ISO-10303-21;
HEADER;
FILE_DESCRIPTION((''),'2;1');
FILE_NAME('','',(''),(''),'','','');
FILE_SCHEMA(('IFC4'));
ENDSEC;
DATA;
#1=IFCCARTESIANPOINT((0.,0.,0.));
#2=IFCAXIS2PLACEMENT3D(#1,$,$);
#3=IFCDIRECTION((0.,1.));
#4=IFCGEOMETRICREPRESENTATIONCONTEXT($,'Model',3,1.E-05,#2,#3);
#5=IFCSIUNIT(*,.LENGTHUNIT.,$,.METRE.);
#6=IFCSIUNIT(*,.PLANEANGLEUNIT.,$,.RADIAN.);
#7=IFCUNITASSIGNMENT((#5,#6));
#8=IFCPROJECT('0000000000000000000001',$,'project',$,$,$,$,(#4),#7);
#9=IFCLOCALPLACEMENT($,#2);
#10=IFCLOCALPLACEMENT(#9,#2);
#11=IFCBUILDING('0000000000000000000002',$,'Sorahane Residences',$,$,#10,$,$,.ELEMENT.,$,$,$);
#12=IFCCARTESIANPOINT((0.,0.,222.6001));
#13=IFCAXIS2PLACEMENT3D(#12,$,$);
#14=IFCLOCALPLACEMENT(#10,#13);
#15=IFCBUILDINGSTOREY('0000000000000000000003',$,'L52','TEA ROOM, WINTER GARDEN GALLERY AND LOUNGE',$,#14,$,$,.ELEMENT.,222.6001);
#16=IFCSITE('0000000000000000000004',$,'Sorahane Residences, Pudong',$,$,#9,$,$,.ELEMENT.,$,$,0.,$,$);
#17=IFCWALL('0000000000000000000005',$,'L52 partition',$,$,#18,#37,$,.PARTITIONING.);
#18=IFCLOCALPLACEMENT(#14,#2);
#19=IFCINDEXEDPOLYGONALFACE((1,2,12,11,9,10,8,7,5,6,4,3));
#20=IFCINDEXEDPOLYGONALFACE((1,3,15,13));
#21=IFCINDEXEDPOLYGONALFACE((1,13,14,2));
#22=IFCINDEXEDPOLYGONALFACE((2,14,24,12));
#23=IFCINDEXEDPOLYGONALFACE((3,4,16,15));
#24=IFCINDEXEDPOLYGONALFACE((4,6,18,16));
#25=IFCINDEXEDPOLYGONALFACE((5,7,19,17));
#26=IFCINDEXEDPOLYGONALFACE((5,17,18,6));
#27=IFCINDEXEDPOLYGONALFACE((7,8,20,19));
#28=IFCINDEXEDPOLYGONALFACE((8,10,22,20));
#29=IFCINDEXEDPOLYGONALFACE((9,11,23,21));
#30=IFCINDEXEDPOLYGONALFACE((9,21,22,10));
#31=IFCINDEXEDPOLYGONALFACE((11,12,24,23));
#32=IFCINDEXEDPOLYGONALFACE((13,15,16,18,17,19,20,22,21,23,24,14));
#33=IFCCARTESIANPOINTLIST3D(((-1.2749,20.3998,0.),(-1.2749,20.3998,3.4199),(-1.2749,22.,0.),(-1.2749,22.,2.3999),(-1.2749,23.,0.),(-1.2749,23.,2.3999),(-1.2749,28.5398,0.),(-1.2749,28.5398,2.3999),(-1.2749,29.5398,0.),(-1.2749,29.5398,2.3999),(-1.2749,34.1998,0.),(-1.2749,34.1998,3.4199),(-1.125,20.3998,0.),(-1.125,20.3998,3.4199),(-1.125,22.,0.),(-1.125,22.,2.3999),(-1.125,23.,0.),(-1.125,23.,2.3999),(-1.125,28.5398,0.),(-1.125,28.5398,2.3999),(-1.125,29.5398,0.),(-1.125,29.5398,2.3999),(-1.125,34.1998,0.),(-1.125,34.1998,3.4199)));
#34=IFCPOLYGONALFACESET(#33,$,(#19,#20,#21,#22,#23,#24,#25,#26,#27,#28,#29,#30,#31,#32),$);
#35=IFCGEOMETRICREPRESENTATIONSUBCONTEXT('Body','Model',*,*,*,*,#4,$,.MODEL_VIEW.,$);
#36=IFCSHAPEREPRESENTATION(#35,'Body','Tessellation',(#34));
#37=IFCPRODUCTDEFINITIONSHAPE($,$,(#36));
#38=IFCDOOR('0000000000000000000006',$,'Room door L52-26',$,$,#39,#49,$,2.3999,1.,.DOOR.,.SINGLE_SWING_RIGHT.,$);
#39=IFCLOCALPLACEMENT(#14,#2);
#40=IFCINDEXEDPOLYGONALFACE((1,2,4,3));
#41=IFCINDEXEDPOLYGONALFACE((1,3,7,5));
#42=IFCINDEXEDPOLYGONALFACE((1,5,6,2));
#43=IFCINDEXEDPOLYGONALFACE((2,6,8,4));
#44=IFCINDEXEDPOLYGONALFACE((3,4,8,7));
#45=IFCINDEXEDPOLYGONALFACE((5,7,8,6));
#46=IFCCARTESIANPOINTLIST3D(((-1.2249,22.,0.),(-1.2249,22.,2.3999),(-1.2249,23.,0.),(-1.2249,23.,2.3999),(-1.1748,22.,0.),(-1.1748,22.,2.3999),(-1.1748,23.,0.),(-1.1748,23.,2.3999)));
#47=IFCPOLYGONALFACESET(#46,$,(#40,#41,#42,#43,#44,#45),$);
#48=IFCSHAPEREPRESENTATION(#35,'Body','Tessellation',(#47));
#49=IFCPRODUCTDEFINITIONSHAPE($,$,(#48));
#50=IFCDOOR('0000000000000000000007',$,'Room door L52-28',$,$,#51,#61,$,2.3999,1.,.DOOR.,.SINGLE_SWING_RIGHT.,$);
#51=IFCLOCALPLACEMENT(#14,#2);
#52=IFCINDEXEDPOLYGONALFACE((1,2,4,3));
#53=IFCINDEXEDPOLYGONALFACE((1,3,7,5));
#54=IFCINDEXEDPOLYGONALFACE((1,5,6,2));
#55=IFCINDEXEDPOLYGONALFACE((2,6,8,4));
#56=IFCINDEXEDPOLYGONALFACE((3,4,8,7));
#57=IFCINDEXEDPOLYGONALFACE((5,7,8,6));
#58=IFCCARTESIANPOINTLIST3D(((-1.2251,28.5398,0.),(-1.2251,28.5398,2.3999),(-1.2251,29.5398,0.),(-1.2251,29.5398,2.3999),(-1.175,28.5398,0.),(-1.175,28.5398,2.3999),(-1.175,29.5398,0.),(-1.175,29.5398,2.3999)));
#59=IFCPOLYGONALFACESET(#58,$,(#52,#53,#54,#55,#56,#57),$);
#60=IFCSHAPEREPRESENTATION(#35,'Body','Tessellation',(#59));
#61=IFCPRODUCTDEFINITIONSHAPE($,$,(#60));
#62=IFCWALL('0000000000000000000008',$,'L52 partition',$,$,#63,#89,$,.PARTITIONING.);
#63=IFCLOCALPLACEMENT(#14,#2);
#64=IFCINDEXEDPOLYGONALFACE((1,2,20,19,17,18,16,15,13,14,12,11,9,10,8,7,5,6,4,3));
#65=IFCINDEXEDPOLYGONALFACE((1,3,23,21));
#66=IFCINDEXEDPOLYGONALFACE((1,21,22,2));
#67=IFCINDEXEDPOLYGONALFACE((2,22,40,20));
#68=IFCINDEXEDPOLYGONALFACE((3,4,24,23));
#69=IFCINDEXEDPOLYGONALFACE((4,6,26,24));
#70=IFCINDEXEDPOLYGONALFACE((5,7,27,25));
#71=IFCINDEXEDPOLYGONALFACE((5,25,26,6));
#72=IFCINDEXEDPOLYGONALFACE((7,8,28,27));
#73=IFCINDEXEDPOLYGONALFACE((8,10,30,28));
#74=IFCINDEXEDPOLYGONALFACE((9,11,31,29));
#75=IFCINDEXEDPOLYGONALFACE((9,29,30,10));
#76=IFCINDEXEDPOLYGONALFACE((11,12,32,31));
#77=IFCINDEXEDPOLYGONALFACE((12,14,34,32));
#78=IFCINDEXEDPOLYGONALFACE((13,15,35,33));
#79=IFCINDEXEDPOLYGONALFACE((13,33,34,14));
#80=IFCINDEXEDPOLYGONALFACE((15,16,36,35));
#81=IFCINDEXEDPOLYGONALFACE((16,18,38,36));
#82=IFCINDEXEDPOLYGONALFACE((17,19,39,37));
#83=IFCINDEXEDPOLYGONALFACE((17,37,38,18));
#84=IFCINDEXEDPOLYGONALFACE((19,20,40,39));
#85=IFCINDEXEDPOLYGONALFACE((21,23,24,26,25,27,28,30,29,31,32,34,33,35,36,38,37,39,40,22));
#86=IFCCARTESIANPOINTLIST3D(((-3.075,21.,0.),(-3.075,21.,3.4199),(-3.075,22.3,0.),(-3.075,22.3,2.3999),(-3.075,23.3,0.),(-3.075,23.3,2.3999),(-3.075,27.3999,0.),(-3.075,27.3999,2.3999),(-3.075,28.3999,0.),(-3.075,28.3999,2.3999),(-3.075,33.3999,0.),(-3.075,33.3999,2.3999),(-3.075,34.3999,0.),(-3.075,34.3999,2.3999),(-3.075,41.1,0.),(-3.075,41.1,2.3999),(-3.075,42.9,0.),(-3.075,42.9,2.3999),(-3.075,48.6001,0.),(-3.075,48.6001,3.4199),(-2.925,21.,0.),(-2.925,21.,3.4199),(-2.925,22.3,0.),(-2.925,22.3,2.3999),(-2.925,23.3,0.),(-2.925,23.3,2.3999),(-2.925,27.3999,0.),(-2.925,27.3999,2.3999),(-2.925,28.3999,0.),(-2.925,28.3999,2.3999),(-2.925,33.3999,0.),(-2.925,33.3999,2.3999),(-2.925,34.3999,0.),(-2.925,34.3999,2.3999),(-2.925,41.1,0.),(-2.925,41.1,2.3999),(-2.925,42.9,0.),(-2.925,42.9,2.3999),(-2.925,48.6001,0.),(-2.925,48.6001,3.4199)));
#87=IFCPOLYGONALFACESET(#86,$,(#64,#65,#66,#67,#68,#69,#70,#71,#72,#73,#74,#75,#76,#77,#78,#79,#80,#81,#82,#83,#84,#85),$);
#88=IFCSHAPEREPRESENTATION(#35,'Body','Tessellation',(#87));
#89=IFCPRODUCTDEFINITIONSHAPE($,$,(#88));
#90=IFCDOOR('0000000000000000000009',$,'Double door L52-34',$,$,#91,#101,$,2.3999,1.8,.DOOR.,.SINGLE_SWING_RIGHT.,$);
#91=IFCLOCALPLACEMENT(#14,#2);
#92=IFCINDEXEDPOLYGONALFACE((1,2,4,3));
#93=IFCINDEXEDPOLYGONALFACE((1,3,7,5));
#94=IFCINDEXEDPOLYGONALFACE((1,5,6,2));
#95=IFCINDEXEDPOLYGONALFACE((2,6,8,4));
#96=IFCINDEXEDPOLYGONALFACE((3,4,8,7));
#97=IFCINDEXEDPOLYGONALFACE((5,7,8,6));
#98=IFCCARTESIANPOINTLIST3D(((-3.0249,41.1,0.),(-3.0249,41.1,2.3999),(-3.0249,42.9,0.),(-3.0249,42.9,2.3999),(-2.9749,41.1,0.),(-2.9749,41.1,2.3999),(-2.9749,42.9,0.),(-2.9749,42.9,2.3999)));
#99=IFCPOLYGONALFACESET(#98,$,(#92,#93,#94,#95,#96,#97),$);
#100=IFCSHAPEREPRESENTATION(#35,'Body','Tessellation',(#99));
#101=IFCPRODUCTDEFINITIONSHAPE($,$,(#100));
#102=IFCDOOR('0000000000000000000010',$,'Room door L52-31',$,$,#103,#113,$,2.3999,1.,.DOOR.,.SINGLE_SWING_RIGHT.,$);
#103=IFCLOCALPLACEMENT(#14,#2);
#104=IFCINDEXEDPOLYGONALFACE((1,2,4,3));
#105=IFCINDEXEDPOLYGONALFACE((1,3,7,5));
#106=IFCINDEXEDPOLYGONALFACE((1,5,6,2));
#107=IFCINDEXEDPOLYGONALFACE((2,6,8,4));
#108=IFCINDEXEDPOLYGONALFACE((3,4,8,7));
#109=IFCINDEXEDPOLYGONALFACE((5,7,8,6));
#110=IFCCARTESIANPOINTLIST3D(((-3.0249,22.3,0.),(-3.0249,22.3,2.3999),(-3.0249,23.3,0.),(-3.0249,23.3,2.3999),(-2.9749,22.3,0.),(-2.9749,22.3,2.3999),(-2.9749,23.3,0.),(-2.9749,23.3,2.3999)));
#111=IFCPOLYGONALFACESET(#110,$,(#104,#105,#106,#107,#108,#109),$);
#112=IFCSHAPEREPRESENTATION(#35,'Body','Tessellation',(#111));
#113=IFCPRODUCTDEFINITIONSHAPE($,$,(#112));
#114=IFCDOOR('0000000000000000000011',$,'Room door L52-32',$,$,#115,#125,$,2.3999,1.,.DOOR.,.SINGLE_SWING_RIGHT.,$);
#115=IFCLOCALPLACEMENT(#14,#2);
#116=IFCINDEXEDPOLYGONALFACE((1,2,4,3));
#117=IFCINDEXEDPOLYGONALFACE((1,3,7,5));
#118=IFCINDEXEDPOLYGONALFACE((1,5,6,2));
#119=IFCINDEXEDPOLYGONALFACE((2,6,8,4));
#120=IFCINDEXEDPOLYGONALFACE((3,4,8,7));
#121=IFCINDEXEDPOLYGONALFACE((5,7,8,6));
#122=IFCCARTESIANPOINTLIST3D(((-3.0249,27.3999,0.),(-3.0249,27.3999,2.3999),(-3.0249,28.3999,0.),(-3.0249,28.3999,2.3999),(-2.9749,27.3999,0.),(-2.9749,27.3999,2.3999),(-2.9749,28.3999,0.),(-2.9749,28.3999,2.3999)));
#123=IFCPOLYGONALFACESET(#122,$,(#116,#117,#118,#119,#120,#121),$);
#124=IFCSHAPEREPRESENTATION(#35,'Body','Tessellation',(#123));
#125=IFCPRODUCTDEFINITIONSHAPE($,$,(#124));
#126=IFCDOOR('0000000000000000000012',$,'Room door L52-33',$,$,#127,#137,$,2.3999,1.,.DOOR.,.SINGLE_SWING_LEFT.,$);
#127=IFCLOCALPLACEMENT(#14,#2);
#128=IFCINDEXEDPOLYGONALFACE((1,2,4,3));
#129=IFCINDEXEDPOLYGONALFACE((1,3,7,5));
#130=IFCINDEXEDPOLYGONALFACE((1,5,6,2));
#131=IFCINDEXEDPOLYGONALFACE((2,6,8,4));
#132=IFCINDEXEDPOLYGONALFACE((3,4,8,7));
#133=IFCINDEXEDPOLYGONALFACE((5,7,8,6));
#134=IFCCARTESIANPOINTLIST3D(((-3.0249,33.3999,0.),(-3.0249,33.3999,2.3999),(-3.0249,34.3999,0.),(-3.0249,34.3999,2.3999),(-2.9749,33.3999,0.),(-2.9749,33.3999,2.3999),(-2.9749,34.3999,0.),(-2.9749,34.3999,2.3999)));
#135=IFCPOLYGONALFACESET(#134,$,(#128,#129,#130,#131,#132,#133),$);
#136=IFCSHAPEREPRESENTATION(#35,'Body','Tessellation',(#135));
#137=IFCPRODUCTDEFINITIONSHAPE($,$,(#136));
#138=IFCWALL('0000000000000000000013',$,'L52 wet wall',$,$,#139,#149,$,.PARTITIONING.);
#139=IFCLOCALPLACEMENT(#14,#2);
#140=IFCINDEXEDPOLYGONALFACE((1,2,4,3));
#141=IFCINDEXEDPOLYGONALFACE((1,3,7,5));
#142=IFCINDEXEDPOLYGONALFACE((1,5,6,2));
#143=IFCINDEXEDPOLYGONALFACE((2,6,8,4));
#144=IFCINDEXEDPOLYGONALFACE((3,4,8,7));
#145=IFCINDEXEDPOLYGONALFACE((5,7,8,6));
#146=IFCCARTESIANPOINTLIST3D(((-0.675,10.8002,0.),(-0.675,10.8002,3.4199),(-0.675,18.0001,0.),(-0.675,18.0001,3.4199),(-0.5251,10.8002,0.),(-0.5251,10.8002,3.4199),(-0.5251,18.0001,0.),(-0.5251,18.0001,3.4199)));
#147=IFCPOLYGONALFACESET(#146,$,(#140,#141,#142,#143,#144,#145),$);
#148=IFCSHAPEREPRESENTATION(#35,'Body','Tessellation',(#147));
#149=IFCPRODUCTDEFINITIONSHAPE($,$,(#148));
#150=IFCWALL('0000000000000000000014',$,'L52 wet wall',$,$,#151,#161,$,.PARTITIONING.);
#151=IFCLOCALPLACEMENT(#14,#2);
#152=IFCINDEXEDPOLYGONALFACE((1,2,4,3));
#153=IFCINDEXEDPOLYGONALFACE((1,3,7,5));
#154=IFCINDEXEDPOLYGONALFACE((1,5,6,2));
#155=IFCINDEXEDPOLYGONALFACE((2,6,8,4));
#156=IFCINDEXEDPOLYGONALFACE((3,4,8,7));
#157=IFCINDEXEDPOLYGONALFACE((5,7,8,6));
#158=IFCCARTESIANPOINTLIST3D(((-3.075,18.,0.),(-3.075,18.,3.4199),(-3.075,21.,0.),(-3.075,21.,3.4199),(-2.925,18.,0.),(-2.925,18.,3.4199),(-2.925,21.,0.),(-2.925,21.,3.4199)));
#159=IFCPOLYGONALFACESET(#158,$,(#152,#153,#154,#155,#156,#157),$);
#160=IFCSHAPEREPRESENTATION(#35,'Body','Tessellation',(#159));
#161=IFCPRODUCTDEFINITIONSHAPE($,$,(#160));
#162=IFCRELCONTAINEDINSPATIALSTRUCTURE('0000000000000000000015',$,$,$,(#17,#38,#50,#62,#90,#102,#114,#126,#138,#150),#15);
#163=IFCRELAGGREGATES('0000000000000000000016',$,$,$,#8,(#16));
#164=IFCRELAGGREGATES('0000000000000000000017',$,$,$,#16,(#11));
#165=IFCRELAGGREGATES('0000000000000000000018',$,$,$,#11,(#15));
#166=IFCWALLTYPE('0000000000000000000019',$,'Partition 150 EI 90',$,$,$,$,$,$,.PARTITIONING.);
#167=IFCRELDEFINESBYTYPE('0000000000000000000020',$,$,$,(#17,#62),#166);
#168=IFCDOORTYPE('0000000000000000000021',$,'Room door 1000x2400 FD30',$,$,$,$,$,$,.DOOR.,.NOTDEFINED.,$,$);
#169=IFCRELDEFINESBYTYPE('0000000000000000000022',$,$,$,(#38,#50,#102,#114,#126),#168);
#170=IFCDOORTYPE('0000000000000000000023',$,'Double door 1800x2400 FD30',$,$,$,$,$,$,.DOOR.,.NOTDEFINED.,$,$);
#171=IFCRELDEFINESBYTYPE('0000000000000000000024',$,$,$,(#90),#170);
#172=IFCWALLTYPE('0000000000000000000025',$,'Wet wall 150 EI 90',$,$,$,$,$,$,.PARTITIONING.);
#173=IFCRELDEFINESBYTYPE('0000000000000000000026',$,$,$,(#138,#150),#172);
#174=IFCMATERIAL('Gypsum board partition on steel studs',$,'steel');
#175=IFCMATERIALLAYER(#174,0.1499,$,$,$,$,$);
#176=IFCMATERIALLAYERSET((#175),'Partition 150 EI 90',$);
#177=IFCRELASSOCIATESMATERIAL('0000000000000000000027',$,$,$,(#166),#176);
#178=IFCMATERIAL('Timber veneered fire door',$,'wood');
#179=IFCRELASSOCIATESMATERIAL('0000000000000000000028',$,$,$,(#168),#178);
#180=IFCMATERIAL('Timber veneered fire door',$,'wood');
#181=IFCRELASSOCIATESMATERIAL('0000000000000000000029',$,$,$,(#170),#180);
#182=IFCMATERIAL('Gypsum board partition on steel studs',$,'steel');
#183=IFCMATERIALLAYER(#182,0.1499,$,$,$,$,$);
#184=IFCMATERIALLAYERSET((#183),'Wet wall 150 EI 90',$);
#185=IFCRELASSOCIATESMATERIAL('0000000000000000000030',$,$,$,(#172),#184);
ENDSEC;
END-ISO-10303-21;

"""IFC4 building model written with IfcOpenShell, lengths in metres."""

from ifc_helpers import new_model, si_unit, direction, frame, frame_2d, origin, place, context, subcontext, project, spatial, rectangle, extrude, material, layer, layer_set, type_object, element, fill, save


model = new_model("IFC4")

# Units and contexts
model_context = context("Model", 3, precision=1e-05, world=origin(), true_north=direction((0.0, 1.0)))
body_context = subcontext(model_context, "Body", "Model", "MODEL_VIEW")
ifc_project = project(units=[si_unit("LENGTHUNIT", "METRE"), si_unit("PLANEANGLEUNIT", "RADIAN")], contexts=[model_context])

# Site, building, storey
site_placement = place(None, origin())
site = spatial("IfcSite", under=ifc_project, at=site_placement, Name="Sorahane Residences, Pudong", CompositionType="ELEMENT", RefElevation=0.0)
building_placement = place(site_placement, origin())
building = spatial("IfcBuilding", under=site, at=building_placement, Name="Sorahane Residences", CompositionType="ELEMENT")
storey_placement = place(building_placement, frame((0.0, 0.0, 222.6001)))
storey = spatial("IfcBuildingStorey", under=building, at=storey_placement, Name="L52", Description="TEA ROOM, WINTER GARDEN GALLERY AND LOUNGE", CompositionType="ELEMENT", Elevation=222.6001)

# Walls, openings, doors
ifc_material_1 = material(Name="Gypsum board partition on steel studs", Category="steel")
ifc_layer_1 = layer(ifc_material_1, 0.1499)
ifc_layer_set_1 = layer_set([ifc_layer_1], Name="Partition 150 EI 90")
wall_type_1 = type_object("IfcWallType", Name="Partition 150 EI 90", PredefinedType="PARTITIONING", material=ifc_layer_set_1)
wall_1_placement = place(storey_placement, frame((-1.2, 20.3999, 0.0), z_axis=(0.0, 0.0, 1.0), x_axis=(0.0, 1.0, 0.0)))
wall_1 = element("IfcWall", 1, at=wall_1_placement, inside=storey, type_object=wall_type_1, Name="L52 partition", PredefinedType="PARTITIONING", context=body_context, shape_type="SweptSolid", body=[
    extrude(rectangle(XDim=13.8, YDim=0.1499, at=frame_2d((6.8999, 0.0))), origin(), (0.0, 0.0, 1.0), 3.4199),
])
opening_1_placement = place(wall_1_placement, frame((1.6001, 0.0, 0.0)))
opening_1 = element("IfcOpeningElement", 2, at=opening_1_placement, cuts=wall_1, PredefinedType="OPENING", context=body_context, shape_type="SweptSolid", body=[
    extrude(rectangle(XDim=1.0, YDim=2.3999, at=frame_2d((0.5, 1.2))), frame((0.0, 0.085, 0.0), z_axis=(0.0, -1.0, 0.0), x_axis=(1.0, 0.0, 0.0)), (0.0, 0.0, 1.0), 0.1699),
])
opening_2_placement = place(wall_1_placement, frame((8.1399, 0.0, 0.0)))
opening_2 = element("IfcOpeningElement", 3, at=opening_2_placement, cuts=wall_1, PredefinedType="OPENING", context=body_context, shape_type="SweptSolid", body=[
    extrude(rectangle(XDim=1.0, YDim=2.3999, at=frame_2d((0.5, 1.2))), frame((0.0, 0.085, 0.0), z_axis=(0.0, -1.0, 0.0), x_axis=(1.0, 0.0, 0.0)), (0.0, 0.0, 1.0), 0.1699),
])
ifc_material_2 = material(Name="Timber veneered fire door", Category="wood")
door_type_1 = type_object("IfcDoorType", Name="Room door 1000x2400 FD30", OperationType="NOTDEFINED", PredefinedType="DOOR", material=ifc_material_2)
door_1_placement = place(opening_1_placement, origin())
door_1 = element("IfcDoor", 4, at=door_1_placement, inside=storey, type_object=door_type_1, Name="Room door L52-26", OperationType="SINGLE_SWING_RIGHT", OverallHeight=2.3999, OverallWidth=1.0, PredefinedType="DOOR", context=body_context, shape_type="SweptSolid", body=[
    extrude(rectangle(XDim=1.0, YDim=2.3999, at=frame_2d((0.5, 1.2))), frame((0.0, 0.0249, 0.0), z_axis=(0.0, -1.0, 0.0), x_axis=(1.0, 0.0, 0.0)), (0.0, 0.0, 1.0), 0.05),
])
fill(opening_1, door_1)
door_2_placement = place(opening_2_placement, frame((1.0, 0.0, 0.0), z_axis=(0.0, 0.0, 1.0), x_axis=(-1.0, 0.0, 0.0)))
door_2 = element("IfcDoor", 5, at=door_2_placement, inside=storey, type_object=door_type_1, Name="Room door L52-28", OperationType="SINGLE_SWING_RIGHT", OverallHeight=2.3999, OverallWidth=1.0, PredefinedType="DOOR", context=body_context, shape_type="SweptSolid", body=[
    extrude(rectangle(XDim=1.0, YDim=2.3999, at=frame_2d((0.5, 1.2))), frame((0.0, 0.0249, 0.0), z_axis=(0.0, -1.0, 0.0), x_axis=(1.0, 0.0, 0.0)), (0.0, 0.0, 1.0), 0.05),
])
fill(opening_2, door_2)
wall_2_placement = place(storey_placement, frame((-3.0, 21.0, 0.0), z_axis=(0.0, 0.0, 1.0), x_axis=(0.0, 1.0, 0.0)))
wall_2 = element("IfcWall", 6, at=wall_2_placement, inside=storey, type_object=wall_type_1, Name="L52 partition", PredefinedType="PARTITIONING", context=body_context, shape_type="SweptSolid", body=[
    extrude(rectangle(XDim=27.6001, YDim=0.1499, at=frame_2d((13.8, 0.0))), origin(), (0.0, 0.0, 1.0), 3.4199),
])
opening_3_placement = place(wall_2_placement, frame((1.3, 0.0, 0.0)))
opening_3 = element("IfcOpeningElement", 7, at=opening_3_placement, cuts=wall_2, PredefinedType="OPENING", context=body_context, shape_type="SweptSolid", body=[
    extrude(rectangle(XDim=1.0, YDim=2.3999, at=frame_2d((0.5, 1.2))), frame((0.0, 0.085, 0.0), z_axis=(0.0, -1.0, 0.0), x_axis=(1.0, 0.0, 0.0)), (0.0, 0.0, 1.0), 0.1699),
])
opening_4_placement = place(wall_2_placement, frame((6.3999, 0.0, 0.0)))
opening_4 = element("IfcOpeningElement", 8, at=opening_4_placement, cuts=wall_2, PredefinedType="OPENING", context=body_context, shape_type="SweptSolid", body=[
    extrude(rectangle(XDim=1.0, YDim=2.3999, at=frame_2d((0.5, 1.2))), frame((0.0, 0.085, 0.0), z_axis=(0.0, -1.0, 0.0), x_axis=(1.0, 0.0, 0.0)), (0.0, 0.0, 1.0), 0.1699),
])
opening_5_placement = place(wall_2_placement, frame((12.3999, 0.0, 0.0)))
opening_5 = element("IfcOpeningElement", 9, at=opening_5_placement, cuts=wall_2, PredefinedType="OPENING", context=body_context, shape_type="SweptSolid", body=[
    extrude(rectangle(XDim=1.0, YDim=2.3999, at=frame_2d((0.5, 1.2))), frame((0.0, 0.085, 0.0), z_axis=(0.0, -1.0, 0.0), x_axis=(1.0, 0.0, 0.0)), (0.0, 0.0, 1.0), 0.1699),
])
opening_6_placement = place(wall_2_placement, frame((20.1001, 0.0, 0.0)))
opening_6 = element("IfcOpeningElement", 10, at=opening_6_placement, cuts=wall_2, PredefinedType="OPENING", context=body_context, shape_type="SweptSolid", body=[
    extrude(rectangle(XDim=1.8, YDim=2.3999, at=frame_2d((0.8999, 1.2))), frame((0.0, 0.085, 0.0), z_axis=(0.0, -1.0, 0.0), x_axis=(1.0, 0.0, 0.0)), (0.0, 0.0, 1.0), 0.1699),
])
ifc_material_3 = material(Name="Timber veneered fire door", Category="wood")
door_type_2 = type_object("IfcDoorType", Name="Double door 1800x2400 FD30", OperationType="NOTDEFINED", PredefinedType="DOOR", material=ifc_material_3)
door_3_placement = place(opening_6_placement, origin())
door_3 = element("IfcDoor", 11, at=door_3_placement, inside=storey, type_object=door_type_2, Name="Double door L52-34", OperationType="SINGLE_SWING_RIGHT", OverallHeight=2.3999, OverallWidth=1.8, PredefinedType="DOOR", context=body_context, shape_type="SweptSolid", body=[
    extrude(rectangle(XDim=1.8, YDim=2.3999, at=frame_2d((0.8999, 1.2))), frame((0.0, 0.0249, 0.0), z_axis=(0.0, -1.0, 0.0), x_axis=(1.0, 0.0, 0.0)), (0.0, 0.0, 1.0), 0.05),
])
fill(opening_6, door_3)
door_4_placement = place(opening_3_placement, origin())
door_4 = element("IfcDoor", 12, at=door_4_placement, inside=storey, type_object=door_type_1, Name="Room door L52-31", OperationType="SINGLE_SWING_RIGHT", OverallHeight=2.3999, OverallWidth=1.0, PredefinedType="DOOR", context=body_context, shape_type="SweptSolid", body=[
    extrude(rectangle(XDim=1.0, YDim=2.3999, at=frame_2d((0.5, 1.2))), frame((0.0, 0.0249, 0.0), z_axis=(0.0, -1.0, 0.0), x_axis=(1.0, 0.0, 0.0)), (0.0, 0.0, 1.0), 0.05),
])
fill(opening_3, door_4)
door_5_placement = place(opening_4_placement, origin())
door_5 = element("IfcDoor", 13, at=door_5_placement, inside=storey, type_object=door_type_1, Name="Room door L52-32", OperationType="SINGLE_SWING_RIGHT", OverallHeight=2.3999, OverallWidth=1.0, PredefinedType="DOOR", context=body_context, shape_type="SweptSolid", body=[
    extrude(rectangle(XDim=1.0, YDim=2.3999, at=frame_2d((0.5, 1.2))), frame((0.0, 0.0249, 0.0), z_axis=(0.0, -1.0, 0.0), x_axis=(1.0, 0.0, 0.0)), (0.0, 0.0, 1.0), 0.05),
])
fill(opening_4, door_5)
door_6_placement = place(opening_5_placement, origin())
door_6 = element("IfcDoor", 14, at=door_6_placement, inside=storey, type_object=door_type_1, Name="Room door L52-33", OperationType="SINGLE_SWING_LEFT", OverallHeight=2.3999, OverallWidth=1.0, PredefinedType="DOOR", context=body_context, shape_type="SweptSolid", body=[
    extrude(rectangle(XDim=1.0, YDim=2.3999, at=frame_2d((0.5, 1.2))), frame((0.0, 0.0249, 0.0), z_axis=(0.0, -1.0, 0.0), x_axis=(1.0, 0.0, 0.0)), (0.0, 0.0, 1.0), 0.05),
])
fill(opening_5, door_6)

# Wall
ifc_material_4 = material(Name="Gypsum board partition on steel studs", Category="steel")
ifc_layer_2 = layer(ifc_material_4, 0.1499)
ifc_layer_set_2 = layer_set([ifc_layer_2], Name="Wet wall 150 EI 90")
wall_type_2 = type_object("IfcWallType", Name="Wet wall 150 EI 90", PredefinedType="PARTITIONING", material=ifc_layer_set_2)
wall_3_placement = place(storey_placement, frame((-0.6001, 10.8, 0.0), z_axis=(0.0, 0.0, 1.0), x_axis=(0.0, 1.0, 0.0)))
element("IfcWall", 15, at=wall_3_placement, inside=storey, type_object=wall_type_2, Name="L52 wet wall", PredefinedType="PARTITIONING", context=body_context, shape_type="SweptSolid", body=[
    extrude(rectangle(XDim=7.2, YDim=0.1499, at=frame_2d((3.6001, 0.0))), origin(), (0.0, 0.0, 1.0), 3.4199),
])

# Wall
wall_4_placement = place(storey_placement, frame((-3.0, 18.0, 0.0), z_axis=(0.0, 0.0, 1.0), x_axis=(0.0, 1.0, 0.0)))
element("IfcWall", 16, at=wall_4_placement, inside=storey, type_object=wall_type_2, Name="L52 wet wall", PredefinedType="PARTITIONING", context=body_context, shape_type="SweptSolid", body=[
    extrude(rectangle(XDim=3.0, YDim=0.1499, at=frame_2d((1.5, 0.0))), origin(), (0.0, 0.0, 1.0), 3.4199),
])

save(model, "model.ifc")
